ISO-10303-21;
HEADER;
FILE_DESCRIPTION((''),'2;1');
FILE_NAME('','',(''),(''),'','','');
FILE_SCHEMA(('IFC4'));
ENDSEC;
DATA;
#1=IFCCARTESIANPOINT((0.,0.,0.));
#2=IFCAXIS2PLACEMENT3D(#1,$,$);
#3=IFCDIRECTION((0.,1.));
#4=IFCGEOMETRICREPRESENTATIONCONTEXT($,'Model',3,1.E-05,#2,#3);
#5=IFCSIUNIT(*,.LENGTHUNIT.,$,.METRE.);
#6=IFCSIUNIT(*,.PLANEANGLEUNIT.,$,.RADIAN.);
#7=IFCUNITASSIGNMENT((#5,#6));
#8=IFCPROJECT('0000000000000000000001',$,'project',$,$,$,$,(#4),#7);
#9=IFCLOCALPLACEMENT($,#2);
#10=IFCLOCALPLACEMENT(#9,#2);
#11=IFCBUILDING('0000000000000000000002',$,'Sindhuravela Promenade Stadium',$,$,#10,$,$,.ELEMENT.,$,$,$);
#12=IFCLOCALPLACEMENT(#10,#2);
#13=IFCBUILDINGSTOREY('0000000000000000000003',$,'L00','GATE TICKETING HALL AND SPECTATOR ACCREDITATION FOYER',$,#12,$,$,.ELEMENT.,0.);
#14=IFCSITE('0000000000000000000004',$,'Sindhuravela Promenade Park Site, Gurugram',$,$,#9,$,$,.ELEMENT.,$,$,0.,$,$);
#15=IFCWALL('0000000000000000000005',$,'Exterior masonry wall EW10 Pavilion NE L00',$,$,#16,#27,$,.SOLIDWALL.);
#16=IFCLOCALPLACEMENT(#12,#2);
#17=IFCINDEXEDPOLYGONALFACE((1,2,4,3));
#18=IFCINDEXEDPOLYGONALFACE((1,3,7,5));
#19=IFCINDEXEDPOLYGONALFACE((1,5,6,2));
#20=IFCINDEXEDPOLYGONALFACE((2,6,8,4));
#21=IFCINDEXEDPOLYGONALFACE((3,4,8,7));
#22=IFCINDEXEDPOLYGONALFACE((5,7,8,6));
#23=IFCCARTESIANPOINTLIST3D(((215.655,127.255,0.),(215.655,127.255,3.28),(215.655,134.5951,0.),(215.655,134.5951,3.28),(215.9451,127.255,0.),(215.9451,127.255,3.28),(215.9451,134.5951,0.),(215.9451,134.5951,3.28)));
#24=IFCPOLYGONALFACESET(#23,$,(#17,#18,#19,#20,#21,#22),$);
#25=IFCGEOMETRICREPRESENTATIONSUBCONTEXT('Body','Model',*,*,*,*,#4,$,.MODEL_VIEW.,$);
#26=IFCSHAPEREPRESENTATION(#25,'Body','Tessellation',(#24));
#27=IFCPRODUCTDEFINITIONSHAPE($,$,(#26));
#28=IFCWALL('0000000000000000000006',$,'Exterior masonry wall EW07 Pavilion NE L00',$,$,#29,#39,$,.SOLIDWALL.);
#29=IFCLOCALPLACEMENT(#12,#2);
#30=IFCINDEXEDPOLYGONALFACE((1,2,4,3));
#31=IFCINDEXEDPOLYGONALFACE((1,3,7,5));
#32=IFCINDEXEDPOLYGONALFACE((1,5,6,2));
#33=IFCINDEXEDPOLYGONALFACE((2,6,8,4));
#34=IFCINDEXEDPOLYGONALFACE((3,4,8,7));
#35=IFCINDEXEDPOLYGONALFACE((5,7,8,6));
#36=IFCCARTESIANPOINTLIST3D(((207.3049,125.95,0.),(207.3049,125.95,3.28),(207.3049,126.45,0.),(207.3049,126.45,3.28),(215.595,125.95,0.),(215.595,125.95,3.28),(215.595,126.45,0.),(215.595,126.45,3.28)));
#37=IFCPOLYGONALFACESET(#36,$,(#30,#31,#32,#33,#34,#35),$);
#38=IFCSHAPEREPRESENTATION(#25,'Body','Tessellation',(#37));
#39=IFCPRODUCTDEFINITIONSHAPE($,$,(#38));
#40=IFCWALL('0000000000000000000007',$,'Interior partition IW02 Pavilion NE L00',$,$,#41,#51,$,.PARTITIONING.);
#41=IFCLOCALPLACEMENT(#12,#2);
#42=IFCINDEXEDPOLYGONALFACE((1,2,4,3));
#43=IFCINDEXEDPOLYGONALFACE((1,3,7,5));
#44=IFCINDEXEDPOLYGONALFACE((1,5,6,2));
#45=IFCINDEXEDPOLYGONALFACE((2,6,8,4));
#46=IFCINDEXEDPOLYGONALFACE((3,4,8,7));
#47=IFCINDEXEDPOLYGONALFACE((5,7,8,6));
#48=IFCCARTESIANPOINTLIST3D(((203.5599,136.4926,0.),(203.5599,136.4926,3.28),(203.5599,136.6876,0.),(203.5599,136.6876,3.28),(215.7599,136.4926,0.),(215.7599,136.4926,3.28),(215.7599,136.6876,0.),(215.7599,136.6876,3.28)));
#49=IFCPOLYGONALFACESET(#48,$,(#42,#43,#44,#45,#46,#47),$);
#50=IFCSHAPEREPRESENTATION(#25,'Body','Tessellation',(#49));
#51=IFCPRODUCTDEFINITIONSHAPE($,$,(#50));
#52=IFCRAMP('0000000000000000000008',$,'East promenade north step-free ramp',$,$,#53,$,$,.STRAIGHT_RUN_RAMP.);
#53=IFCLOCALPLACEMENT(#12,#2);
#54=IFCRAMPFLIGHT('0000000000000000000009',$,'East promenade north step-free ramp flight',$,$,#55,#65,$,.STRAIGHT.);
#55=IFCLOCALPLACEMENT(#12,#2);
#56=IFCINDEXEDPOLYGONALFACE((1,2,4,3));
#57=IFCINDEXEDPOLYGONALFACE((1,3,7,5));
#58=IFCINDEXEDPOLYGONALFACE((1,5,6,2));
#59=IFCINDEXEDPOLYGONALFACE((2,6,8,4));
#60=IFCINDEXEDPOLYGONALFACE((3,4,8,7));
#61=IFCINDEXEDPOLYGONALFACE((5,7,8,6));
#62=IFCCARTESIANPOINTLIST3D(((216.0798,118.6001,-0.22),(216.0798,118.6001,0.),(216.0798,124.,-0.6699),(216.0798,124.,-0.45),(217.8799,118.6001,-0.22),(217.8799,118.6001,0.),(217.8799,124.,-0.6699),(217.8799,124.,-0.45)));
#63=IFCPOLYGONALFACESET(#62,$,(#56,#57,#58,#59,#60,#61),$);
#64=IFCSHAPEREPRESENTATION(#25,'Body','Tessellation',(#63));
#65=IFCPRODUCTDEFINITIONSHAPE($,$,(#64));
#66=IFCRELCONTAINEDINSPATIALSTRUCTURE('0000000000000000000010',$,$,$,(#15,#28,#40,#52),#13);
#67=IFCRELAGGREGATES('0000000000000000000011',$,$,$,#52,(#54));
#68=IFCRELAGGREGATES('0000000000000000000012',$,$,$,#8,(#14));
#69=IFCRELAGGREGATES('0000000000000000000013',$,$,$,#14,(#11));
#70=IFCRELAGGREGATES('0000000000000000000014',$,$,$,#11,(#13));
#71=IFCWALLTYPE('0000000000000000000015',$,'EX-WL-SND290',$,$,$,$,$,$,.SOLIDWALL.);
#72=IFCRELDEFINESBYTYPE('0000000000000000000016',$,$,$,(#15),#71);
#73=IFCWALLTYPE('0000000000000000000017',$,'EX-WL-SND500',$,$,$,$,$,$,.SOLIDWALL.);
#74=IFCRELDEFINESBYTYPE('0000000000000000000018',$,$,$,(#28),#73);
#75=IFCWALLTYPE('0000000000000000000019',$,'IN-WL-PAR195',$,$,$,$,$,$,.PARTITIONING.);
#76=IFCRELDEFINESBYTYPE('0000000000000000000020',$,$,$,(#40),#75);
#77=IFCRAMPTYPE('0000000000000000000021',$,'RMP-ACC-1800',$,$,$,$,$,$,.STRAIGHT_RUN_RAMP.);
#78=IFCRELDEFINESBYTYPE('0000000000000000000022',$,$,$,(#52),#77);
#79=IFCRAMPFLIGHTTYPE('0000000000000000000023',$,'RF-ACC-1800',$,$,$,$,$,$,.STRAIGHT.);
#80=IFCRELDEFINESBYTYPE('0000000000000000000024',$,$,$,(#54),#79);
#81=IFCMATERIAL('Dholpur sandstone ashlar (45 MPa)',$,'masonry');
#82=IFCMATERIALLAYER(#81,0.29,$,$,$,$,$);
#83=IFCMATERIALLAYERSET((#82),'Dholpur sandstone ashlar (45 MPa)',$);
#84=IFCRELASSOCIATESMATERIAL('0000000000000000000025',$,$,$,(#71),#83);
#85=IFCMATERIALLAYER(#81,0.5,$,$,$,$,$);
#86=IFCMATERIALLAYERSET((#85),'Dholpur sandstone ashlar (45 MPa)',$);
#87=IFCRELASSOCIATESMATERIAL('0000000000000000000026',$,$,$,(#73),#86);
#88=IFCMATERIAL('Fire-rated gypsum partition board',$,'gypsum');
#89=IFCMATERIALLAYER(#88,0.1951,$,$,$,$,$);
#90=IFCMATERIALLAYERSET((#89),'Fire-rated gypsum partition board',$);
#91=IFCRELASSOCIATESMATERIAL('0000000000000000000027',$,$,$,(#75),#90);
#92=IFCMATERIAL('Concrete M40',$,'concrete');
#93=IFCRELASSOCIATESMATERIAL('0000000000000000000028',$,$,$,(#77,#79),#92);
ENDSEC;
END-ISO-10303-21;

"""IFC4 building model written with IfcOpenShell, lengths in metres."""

from ifc_helpers import new_model, si_unit, direction, frame, frame_2d, origin, place, context, subcontext, project, spatial, polyline, rectangle, outline, extrude, material, layer, layer_set, type_object, element, aggregate, save


model = new_model("IFC4")

# Units and contexts
model_context = context("Model", 3, precision=1e-05, world=origin(), true_north=direction((0.0, 1.0)))
body_context = subcontext(model_context, "Body", "Model", "MODEL_VIEW")
ifc_project = project(units=[si_unit("LENGTHUNIT", "METRE"), si_unit("PLANEANGLEUNIT", "RADIAN")], contexts=[model_context])

# Site, building, storey
site_placement = place(None, origin())
site = spatial("IfcSite", under=ifc_project, at=site_placement, Name="Sindhuravela Promenade Park Site, Gurugram", CompositionType="ELEMENT", RefElevation=0.0)
building_placement = place(site_placement, origin())
building = spatial("IfcBuilding", under=site, at=building_placement, Name="Sindhuravela Promenade Stadium", CompositionType="ELEMENT")
storey_placement = place(building_placement, origin())
storey = spatial("IfcBuildingStorey", under=building, at=storey_placement, Name="L00", Description="GATE TICKETING HALL AND SPECTATOR ACCREDITATION FOYER", CompositionType="ELEMENT", Elevation=0.0)

# Shared definitions
ifc_material_1 = material(Name="Concrete M40", Category="concrete")

# Walls
ifc_material_2 = material(Name="Dholpur sandstone ashlar (45 MPa)", Category="masonry")
ifc_layer_1 = layer(ifc_material_2, 0.29)
ifc_layer_set_1 = layer_set([ifc_layer_1], Name="Dholpur sandstone ashlar (45 MPa)")
wall_type_1 = type_object("IfcWallType", Name="EX-WL-SND290", PredefinedType="SOLIDWALL", material=ifc_layer_set_1)
wall_1_placement = place(storey_placement, frame((215.8, 134.595, 0.0), z_axis=(0.0, 0.0, 1.0), x_axis=(0.0, -1.0, 0.0)))
element("IfcWall", 1, at=wall_1_placement, inside=storey, type_object=wall_type_1, Name="Exterior masonry wall EW10 Pavilion NE L00", PredefinedType="SOLIDWALL", context=body_context, shape_type="SweptSolid", body=[
    extrude(rectangle(XDim=7.3401, YDim=0.29, at=frame_2d((3.6699, 0.0))), origin(), (0.0, 0.0, 1.0), 3.28),
])
ifc_layer_2 = layer(ifc_material_2, 0.5)
ifc_layer_set_2 = layer_set([ifc_layer_2], Name="Dholpur sandstone ashlar (45 MPa)")
wall_type_2 = type_object("IfcWallType", Name="EX-WL-SND500", PredefinedType="SOLIDWALL", material=ifc_layer_set_2)
wall_2_placement = place(storey_placement, frame((215.595, 126.2, 0.0), z_axis=(0.0, 0.0, 1.0), x_axis=(-1.0, 0.0, 0.0)))
element("IfcWall", 2, at=wall_2_placement, inside=storey, type_object=wall_type_2, Name="Exterior masonry wall EW07 Pavilion NE L00", PredefinedType="SOLIDWALL", context=body_context, shape_type="SweptSolid", body=[
    extrude(rectangle(XDim=8.29, YDim=0.5, at=frame_2d((4.145, 0.0))), origin(), (0.0, 0.0, 1.0), 3.28),
])
ifc_material_3 = material(Name="Fire-rated gypsum partition board", Category="gypsum")
ifc_layer_3 = layer(ifc_material_3, 0.1951)
ifc_layer_set_3 = layer_set([ifc_layer_3], Name="Fire-rated gypsum partition board")
wall_type_3 = type_object("IfcWallType", Name="IN-WL-PAR195", PredefinedType="PARTITIONING", material=ifc_layer_set_3)
wall_3_placement = place(storey_placement, frame((215.76, 136.5901, 0.0), z_axis=(0.0, 0.0, 1.0), x_axis=(-1.0, 0.0, 0.0)))
element("IfcWall", 3, at=wall_3_placement, inside=storey, type_object=wall_type_3, Name="Interior partition IW02 Pavilion NE L00", PredefinedType="PARTITIONING", context=body_context, shape_type="SweptSolid", body=[
    extrude(rectangle(XDim=12.2, YDim=0.1951, at=frame_2d((6.1001, 0.0))), origin(), (0.0, 0.0, 1.0), 3.28),
])

# Ramp, ramp flight
ramp_type = type_object("IfcRampType", Name="RMP-ACC-1800", PredefinedType="STRAIGHT_RUN_RAMP", material=ifc_material_1)
ramp_placement = place(storey_placement, origin())
ramp = element("IfcRamp", 4, at=ramp_placement, inside=storey, type_object=ramp_type, Name="East promenade north step-free ramp", PredefinedType="STRAIGHT_RUN_RAMP")
ramp_flight_type = type_object("IfcRampFlightType", Name="RF-ACC-1800", PredefinedType="STRAIGHT", material=ifc_material_1)
ramp_flight_placement = place(storey_placement, frame((216.98, 124.0, -0.45), z_axis=(0.0, 0.0, 1.0), x_axis=(0.0, -1.0, 0.0)))
ramp_flight = element("IfcRampFlight", 5, at=ramp_flight_placement, type_object=ramp_flight_type, Name="East promenade north step-free ramp flight", PredefinedType="STRAIGHT", context=body_context, shape_type="SweptSolid", body=[
    extrude(outline(polyline([(0.0, 0.0), (0.0, -0.22), (5.3999, 0.23), (5.3999, 0.45), (0.0, 0.0)])), frame((0.0, 0.8999, 0.0), z_axis=(0.0, -1.0, 0.0), x_axis=(1.0, 0.0, 0.0)), (0.0, 0.0, 1.0), 1.8),
])
aggregate(ramp, [ramp_flight])

save(model, "model.ifc")
